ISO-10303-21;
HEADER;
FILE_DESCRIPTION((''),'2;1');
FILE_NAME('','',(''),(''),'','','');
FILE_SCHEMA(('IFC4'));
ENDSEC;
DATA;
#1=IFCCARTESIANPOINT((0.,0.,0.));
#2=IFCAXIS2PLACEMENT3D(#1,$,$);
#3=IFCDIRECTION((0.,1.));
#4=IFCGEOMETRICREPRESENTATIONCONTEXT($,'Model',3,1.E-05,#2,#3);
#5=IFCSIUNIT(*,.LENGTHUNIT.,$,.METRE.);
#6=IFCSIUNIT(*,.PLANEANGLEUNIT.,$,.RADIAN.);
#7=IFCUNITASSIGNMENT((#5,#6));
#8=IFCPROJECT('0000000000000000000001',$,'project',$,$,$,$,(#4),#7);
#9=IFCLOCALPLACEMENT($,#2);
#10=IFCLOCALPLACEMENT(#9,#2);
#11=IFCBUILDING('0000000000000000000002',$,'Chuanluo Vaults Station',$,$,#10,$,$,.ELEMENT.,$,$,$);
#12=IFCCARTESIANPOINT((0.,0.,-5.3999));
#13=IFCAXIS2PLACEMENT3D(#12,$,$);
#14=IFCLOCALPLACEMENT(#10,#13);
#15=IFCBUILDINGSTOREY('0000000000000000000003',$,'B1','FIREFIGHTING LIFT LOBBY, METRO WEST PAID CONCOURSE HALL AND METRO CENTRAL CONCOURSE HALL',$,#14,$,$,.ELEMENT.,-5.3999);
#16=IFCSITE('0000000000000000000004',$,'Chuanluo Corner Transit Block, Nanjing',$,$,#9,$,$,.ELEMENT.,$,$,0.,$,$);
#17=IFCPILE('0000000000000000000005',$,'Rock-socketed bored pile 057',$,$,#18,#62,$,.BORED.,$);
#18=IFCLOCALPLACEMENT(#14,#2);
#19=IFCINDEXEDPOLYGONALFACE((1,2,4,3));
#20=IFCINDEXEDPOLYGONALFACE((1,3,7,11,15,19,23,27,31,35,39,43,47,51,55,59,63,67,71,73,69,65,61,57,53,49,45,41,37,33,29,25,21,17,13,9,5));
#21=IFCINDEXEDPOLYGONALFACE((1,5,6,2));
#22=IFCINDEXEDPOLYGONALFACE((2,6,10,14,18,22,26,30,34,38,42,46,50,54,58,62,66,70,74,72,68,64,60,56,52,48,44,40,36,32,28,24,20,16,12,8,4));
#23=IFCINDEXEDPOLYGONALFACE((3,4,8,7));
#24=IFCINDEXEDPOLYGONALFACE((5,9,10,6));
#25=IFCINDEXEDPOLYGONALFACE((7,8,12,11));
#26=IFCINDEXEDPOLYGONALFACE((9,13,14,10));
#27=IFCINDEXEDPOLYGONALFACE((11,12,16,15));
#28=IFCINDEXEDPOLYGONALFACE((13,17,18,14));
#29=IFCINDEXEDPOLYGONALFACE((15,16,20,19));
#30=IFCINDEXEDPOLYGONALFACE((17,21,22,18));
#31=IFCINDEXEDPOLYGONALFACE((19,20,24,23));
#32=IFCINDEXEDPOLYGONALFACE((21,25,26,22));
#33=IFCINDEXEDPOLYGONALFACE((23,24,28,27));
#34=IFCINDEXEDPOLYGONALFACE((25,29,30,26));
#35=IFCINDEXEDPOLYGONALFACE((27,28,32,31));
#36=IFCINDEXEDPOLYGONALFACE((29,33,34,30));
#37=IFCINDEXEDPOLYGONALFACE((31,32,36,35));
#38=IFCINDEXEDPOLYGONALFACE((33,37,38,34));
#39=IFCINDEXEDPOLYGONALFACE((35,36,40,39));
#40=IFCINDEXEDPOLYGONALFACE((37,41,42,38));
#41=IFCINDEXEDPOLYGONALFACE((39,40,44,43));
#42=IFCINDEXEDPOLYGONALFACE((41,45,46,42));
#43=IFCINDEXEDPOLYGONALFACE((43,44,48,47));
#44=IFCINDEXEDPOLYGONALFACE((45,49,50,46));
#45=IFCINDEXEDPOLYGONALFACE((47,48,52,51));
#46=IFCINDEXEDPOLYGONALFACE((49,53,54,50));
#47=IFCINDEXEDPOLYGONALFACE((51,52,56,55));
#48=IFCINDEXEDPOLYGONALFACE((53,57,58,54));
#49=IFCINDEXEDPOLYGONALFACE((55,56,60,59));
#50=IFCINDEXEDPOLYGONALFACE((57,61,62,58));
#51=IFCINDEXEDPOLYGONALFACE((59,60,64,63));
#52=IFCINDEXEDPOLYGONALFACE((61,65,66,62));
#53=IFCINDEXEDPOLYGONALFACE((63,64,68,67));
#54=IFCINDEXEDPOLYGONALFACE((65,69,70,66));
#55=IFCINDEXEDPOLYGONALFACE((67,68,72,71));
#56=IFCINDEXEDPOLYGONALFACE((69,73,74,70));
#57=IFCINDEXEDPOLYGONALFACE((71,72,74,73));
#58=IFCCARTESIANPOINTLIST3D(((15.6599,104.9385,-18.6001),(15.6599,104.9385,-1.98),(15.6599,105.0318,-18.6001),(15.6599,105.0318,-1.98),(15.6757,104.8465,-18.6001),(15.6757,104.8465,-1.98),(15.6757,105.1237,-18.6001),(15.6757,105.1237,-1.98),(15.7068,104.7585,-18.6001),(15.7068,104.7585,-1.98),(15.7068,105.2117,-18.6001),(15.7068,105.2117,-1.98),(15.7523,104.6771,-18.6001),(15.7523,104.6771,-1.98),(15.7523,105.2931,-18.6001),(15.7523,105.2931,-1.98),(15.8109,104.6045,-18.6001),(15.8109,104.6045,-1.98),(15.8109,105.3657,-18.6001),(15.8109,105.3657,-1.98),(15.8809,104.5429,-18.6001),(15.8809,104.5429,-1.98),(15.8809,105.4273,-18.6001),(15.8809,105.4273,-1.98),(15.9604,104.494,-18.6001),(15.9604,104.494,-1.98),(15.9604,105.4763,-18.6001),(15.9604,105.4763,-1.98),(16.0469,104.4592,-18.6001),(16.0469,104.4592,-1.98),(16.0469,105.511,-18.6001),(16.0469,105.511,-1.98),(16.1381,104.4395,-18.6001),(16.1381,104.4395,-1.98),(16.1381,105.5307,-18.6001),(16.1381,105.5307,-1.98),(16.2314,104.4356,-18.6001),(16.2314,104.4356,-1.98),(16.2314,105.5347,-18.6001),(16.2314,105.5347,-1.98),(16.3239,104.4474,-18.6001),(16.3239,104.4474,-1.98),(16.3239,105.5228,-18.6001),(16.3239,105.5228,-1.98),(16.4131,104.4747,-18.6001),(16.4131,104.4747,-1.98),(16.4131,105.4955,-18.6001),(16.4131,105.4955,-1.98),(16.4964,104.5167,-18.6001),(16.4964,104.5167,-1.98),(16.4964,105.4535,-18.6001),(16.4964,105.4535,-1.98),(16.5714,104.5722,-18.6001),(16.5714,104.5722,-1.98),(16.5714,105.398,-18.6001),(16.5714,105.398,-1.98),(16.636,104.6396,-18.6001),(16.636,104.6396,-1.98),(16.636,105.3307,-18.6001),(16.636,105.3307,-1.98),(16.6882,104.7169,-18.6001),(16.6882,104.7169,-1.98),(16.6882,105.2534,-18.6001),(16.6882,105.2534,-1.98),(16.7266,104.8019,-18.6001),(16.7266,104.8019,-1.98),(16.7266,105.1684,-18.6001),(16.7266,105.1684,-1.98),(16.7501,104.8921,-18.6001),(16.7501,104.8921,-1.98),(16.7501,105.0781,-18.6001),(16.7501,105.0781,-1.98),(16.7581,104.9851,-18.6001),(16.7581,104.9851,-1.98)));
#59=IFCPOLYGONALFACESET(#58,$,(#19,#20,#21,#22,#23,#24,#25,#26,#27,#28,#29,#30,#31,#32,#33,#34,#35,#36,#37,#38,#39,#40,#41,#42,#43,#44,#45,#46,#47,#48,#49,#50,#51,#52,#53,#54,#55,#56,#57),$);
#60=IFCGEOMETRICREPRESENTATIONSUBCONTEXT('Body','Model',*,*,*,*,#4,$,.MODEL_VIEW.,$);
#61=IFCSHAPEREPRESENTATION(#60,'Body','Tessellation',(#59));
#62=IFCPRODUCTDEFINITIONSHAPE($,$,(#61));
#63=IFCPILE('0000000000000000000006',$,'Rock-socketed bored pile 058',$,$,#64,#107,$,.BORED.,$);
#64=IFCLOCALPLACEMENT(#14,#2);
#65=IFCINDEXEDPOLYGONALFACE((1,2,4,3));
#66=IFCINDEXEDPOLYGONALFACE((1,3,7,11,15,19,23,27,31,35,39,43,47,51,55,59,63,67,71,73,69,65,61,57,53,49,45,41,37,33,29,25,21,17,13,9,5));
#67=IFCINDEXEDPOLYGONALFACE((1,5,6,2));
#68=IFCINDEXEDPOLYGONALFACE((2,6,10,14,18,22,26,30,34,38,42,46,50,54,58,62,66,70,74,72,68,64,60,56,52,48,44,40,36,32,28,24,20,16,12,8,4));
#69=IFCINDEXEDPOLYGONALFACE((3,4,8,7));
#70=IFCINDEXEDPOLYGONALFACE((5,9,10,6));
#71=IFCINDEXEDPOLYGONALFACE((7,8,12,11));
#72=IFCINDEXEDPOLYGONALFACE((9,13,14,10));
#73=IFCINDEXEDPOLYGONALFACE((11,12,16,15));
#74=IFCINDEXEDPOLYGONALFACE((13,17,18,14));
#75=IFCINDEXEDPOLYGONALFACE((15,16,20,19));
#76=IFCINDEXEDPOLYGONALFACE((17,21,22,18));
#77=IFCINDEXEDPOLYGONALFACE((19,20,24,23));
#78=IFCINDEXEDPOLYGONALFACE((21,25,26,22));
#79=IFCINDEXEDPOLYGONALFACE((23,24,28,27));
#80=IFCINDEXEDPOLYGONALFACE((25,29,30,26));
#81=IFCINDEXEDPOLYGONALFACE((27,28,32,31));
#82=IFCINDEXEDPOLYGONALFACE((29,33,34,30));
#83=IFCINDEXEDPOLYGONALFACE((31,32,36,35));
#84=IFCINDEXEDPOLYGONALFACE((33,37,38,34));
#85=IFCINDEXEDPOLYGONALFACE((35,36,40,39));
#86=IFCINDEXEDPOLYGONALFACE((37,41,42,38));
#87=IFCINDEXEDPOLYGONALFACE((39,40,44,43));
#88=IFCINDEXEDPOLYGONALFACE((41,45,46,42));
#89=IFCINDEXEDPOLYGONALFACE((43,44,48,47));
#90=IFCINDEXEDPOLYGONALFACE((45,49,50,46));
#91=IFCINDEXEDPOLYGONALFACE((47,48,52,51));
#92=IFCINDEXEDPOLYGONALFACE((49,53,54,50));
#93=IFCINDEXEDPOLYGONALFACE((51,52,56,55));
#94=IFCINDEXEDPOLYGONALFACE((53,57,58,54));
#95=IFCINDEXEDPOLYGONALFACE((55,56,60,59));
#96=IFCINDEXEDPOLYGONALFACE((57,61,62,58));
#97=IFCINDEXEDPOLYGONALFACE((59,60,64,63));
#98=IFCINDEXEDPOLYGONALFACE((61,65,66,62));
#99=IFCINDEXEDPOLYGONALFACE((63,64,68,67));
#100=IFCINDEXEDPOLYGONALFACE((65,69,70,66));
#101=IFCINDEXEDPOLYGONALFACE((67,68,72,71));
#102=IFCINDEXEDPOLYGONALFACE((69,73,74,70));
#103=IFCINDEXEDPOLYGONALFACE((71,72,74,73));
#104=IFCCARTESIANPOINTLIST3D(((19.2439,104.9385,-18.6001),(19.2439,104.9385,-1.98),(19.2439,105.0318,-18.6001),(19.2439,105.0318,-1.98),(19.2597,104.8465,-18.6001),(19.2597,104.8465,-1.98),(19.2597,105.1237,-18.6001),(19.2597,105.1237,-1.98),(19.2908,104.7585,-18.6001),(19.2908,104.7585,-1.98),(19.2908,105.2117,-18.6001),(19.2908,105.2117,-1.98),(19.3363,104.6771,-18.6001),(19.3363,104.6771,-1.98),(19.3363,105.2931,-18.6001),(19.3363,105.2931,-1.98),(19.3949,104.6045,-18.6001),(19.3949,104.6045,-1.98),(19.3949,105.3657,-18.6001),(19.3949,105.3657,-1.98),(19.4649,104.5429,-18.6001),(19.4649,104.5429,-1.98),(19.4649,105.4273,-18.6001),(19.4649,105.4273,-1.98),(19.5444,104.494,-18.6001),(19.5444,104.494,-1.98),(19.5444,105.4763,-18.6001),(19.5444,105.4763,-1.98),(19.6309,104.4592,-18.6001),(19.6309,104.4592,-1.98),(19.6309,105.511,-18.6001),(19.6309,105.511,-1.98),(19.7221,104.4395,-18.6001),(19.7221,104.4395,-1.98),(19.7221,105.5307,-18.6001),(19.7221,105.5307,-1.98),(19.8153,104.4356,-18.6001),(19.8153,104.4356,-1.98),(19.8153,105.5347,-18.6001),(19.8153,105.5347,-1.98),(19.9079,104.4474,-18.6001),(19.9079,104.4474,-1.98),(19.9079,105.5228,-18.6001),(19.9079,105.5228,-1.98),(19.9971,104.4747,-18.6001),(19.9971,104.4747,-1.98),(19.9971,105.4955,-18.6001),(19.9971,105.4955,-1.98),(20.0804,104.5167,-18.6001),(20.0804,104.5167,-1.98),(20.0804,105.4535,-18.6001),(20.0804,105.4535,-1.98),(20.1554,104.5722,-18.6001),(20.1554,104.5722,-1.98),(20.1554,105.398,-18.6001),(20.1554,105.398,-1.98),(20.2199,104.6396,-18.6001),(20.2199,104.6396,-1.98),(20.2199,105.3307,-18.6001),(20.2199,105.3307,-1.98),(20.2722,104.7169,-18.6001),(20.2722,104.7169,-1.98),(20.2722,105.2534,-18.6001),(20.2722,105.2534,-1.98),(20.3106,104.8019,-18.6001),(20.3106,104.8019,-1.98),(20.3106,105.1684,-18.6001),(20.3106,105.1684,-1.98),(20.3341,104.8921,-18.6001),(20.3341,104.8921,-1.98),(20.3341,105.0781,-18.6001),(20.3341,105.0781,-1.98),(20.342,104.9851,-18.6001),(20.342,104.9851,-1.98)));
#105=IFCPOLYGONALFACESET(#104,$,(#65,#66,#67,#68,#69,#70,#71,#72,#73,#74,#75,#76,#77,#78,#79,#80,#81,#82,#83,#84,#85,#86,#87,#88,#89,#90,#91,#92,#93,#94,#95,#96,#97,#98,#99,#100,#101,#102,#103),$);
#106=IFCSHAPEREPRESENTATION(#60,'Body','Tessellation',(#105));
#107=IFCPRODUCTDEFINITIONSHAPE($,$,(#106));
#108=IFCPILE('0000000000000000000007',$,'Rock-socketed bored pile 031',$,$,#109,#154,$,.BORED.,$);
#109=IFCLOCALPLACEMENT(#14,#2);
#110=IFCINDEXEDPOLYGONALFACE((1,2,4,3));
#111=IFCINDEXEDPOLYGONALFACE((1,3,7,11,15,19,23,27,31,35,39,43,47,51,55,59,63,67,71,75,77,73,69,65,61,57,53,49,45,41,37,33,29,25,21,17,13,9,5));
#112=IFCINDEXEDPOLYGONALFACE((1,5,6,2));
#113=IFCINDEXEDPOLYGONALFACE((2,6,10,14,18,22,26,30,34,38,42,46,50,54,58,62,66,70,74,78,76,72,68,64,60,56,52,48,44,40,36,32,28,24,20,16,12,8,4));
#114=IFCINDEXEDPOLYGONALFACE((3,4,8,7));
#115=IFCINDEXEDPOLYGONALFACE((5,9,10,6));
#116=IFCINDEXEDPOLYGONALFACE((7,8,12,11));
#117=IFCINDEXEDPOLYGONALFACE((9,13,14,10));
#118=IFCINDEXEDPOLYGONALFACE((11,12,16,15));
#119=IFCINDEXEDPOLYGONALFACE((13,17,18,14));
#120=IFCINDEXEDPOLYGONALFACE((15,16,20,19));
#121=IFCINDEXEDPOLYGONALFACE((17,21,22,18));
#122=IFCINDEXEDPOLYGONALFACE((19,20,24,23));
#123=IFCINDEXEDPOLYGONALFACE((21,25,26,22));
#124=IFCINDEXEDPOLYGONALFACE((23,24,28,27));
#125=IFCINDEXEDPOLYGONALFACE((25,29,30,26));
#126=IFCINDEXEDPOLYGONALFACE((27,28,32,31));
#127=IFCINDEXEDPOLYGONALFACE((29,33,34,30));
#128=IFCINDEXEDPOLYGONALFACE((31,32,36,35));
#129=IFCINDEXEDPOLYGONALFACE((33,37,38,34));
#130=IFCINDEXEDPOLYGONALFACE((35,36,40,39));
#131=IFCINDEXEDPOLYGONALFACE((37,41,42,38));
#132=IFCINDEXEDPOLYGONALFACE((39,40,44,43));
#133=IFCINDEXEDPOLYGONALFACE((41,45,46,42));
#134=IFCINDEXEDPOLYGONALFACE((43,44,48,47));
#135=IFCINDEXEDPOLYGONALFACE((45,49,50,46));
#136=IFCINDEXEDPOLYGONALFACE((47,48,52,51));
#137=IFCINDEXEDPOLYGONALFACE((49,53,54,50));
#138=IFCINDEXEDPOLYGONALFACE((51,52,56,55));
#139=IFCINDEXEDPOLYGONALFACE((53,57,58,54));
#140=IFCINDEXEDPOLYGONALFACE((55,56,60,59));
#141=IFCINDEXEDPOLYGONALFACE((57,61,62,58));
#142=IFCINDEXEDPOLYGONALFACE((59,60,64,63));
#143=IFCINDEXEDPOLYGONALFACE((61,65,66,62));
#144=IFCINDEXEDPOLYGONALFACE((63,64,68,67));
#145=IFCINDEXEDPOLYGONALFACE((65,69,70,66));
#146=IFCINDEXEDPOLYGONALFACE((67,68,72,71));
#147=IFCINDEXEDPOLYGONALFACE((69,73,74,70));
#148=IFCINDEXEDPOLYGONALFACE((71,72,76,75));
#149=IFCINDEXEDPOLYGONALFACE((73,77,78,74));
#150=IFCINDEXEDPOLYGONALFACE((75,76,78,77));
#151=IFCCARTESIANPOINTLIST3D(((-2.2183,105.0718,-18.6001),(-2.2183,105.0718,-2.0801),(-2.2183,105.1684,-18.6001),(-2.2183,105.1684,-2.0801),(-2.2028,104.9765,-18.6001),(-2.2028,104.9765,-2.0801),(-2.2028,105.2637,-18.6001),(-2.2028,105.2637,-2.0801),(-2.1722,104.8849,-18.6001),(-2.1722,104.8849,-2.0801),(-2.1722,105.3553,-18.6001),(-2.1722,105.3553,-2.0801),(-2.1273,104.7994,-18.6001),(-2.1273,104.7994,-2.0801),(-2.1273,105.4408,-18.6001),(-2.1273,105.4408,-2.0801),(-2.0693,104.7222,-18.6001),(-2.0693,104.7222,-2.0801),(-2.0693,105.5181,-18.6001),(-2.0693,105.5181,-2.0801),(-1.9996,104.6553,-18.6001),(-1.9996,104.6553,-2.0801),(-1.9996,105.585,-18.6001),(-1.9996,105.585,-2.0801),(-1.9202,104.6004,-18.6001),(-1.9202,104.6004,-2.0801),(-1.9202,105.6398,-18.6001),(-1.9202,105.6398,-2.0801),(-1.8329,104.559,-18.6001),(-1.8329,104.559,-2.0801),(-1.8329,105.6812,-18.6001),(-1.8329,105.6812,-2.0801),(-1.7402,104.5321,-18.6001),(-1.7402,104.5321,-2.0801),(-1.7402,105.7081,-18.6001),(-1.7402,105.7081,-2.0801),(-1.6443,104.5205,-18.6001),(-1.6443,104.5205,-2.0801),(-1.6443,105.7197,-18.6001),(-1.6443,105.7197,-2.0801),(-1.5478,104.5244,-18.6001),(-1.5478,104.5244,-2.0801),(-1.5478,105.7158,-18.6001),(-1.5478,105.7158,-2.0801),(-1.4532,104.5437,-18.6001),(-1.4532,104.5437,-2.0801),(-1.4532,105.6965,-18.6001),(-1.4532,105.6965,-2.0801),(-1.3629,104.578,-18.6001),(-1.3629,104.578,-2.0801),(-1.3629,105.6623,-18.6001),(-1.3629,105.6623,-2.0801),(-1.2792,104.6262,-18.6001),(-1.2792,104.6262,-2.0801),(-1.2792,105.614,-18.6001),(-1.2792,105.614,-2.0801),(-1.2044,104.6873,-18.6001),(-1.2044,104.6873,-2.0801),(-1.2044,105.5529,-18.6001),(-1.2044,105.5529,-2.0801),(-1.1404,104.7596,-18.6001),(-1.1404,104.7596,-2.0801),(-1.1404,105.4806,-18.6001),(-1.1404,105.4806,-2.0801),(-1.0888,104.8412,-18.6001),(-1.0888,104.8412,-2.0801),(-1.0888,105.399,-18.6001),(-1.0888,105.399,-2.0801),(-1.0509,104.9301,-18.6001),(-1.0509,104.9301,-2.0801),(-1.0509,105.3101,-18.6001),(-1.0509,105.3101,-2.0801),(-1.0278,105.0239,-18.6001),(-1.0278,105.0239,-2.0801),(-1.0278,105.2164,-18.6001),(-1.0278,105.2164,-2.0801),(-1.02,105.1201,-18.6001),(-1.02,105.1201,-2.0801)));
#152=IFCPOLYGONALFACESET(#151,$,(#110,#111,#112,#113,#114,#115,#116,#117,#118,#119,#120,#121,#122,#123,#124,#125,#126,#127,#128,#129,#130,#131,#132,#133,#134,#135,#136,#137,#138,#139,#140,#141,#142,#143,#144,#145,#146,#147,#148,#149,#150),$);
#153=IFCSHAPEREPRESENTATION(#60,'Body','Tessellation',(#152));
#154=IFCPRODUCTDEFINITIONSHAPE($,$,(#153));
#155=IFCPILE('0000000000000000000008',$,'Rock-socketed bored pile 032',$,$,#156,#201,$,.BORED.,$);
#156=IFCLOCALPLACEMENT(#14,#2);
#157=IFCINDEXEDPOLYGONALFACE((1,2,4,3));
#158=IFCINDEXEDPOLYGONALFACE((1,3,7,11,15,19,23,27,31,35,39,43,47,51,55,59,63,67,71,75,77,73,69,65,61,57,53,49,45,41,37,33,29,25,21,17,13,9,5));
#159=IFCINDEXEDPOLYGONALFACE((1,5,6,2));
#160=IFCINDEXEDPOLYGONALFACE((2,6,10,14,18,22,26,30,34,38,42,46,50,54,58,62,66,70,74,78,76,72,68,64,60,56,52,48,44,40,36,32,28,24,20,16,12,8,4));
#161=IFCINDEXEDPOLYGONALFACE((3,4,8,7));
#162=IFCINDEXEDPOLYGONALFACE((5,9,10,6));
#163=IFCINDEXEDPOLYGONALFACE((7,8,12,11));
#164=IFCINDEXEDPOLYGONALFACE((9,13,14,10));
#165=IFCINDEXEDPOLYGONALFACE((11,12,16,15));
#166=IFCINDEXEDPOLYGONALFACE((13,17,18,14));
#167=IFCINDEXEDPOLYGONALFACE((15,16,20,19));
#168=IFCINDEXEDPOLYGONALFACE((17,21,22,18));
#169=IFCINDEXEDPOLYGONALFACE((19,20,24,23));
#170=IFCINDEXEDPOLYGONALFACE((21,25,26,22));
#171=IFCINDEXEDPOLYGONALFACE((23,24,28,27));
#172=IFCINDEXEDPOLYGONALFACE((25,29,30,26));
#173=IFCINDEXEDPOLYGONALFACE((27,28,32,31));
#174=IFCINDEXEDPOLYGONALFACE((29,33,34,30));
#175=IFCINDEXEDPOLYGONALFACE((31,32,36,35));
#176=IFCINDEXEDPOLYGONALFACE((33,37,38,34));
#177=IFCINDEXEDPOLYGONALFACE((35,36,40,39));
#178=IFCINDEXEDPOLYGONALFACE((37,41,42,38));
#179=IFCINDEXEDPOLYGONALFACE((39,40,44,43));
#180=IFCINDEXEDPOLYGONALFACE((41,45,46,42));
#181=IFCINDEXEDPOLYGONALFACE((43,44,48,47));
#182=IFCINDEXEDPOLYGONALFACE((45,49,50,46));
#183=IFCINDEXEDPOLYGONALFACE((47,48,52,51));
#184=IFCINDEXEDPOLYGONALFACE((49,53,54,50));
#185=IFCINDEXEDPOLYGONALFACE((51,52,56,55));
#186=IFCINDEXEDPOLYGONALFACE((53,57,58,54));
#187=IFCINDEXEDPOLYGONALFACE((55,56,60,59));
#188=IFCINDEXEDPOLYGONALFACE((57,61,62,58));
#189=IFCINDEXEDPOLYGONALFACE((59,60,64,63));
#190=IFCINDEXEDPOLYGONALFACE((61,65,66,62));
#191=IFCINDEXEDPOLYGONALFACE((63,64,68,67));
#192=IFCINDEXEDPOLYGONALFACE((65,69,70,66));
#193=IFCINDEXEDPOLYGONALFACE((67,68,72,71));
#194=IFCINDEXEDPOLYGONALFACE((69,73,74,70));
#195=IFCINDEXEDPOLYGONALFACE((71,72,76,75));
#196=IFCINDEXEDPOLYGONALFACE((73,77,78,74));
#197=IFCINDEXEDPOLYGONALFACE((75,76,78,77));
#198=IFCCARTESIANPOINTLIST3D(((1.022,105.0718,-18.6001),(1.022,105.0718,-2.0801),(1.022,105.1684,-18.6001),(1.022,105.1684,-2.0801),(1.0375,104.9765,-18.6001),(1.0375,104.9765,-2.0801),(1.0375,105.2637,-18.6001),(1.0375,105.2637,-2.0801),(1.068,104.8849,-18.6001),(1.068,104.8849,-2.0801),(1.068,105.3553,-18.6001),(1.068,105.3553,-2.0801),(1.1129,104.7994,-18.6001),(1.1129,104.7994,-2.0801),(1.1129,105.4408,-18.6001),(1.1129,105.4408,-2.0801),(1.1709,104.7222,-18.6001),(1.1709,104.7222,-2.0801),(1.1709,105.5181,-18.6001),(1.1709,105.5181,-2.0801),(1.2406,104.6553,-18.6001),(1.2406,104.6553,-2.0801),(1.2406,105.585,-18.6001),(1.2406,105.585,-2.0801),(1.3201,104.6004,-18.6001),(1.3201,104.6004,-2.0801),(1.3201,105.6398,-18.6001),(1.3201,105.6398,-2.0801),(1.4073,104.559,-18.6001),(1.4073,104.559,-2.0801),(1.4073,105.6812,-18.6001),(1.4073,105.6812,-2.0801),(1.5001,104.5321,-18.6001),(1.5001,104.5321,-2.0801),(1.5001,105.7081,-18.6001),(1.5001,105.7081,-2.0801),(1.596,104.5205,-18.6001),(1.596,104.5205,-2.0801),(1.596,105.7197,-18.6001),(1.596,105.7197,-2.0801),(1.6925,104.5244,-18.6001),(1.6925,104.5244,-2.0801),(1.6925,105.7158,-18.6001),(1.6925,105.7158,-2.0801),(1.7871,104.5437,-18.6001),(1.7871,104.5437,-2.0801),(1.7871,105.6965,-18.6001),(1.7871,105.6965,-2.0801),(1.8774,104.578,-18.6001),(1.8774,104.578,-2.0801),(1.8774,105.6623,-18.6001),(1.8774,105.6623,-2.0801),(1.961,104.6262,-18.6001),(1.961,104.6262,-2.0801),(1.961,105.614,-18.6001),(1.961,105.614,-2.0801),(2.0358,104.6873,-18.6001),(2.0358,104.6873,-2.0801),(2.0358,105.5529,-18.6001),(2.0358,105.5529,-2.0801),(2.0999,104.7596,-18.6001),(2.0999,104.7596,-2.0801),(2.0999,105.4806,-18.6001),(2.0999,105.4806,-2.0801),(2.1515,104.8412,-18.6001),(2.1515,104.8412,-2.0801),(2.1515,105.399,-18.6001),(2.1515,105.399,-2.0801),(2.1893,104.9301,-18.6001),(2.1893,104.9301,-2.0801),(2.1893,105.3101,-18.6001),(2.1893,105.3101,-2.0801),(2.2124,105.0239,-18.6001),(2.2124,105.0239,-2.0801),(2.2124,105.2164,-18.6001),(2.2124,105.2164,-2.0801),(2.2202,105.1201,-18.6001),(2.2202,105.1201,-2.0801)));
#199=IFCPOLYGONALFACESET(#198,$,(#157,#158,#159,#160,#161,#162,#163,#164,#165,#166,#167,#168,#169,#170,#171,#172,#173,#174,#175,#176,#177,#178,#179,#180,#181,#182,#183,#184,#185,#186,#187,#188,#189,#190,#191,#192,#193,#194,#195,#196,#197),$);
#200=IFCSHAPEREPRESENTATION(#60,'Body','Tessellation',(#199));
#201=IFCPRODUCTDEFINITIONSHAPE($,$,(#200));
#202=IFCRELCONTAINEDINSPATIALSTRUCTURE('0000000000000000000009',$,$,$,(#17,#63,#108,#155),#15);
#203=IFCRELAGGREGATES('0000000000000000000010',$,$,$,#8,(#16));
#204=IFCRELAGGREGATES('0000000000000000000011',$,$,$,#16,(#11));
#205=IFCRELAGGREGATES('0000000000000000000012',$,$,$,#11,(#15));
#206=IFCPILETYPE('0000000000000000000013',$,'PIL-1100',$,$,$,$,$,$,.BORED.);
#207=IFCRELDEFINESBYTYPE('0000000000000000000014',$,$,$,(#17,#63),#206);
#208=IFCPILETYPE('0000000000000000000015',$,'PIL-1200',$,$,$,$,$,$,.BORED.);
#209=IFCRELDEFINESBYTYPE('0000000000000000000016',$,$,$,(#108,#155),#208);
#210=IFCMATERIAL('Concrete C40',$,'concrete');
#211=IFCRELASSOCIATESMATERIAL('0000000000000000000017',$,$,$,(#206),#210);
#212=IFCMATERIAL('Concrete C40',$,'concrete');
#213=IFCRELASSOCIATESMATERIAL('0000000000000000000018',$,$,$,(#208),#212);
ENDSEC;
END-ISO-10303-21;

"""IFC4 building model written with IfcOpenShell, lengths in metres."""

from ifc_helpers import new_model, si_unit, direction, frame, origin, origin_2d, place, context, subcontext, project, spatial, circle, extrude, material, material_profile, profile_set, type_object, element, save


model = new_model("IFC4")

# Units and contexts
model_context = context("Model", 3, precision=1e-05, world=origin(), true_north=direction((0.0, 1.0)))
body_context = subcontext(model_context, "Body", "Model", "MODEL_VIEW")
ifc_project = project(units=[si_unit("LENGTHUNIT", "METRE"), si_unit("PLANEANGLEUNIT", "RADIAN")], contexts=[model_context])

# Site, building, storey
site_placement = place(None, origin())
site = spatial("IfcSite", under=ifc_project, at=site_placement, Name="Chuanluo Corner Transit Block, Nanjing", CompositionType="ELEMENT", RefElevation=0.0)
building_placement = place(site_placement, origin())
building = spatial("IfcBuilding", under=site, at=building_placement, Name="Chuanluo Vaults Station", CompositionType="ELEMENT")
storey_placement = place(building_placement, frame((0.0, 0.0, -5.3999)))
storey = spatial("IfcBuildingStorey", under=building, at=storey_placement, Name="B1", Description="FIREFIGHTING LIFT LOBBY, METRO WEST PAID CONCOURSE HALL AND METRO CENTRAL CONCOURSE HALL", CompositionType="ELEMENT", Elevation=-5.3999)

# Piles
ifc_material_1 = material(Name="Concrete C40", Category="concrete")
ifc_material_profile_1 = material_profile(ifc_material_1, circle(Radius=0.55, at=origin_2d()))
ifc_profile_set_1 = profile_set([ifc_material_profile_1], Name="Concrete C40")
pile_type_1 = type_object("IfcPileType", Name="PIL-1100", PredefinedType="BORED", material=ifc_profile_set_1)
for number, where, z_axis, x_axis, name in (
    (1, (16.208, 104.9851, -1.98), (0.0, 0.0, -1.0), (1.0, 0.0, 0.0), "Rock-socketed bored pile 057"),
    (2, (19.792, 104.9851, -1.98), (0.0, 0.0, -1.0), (1.0, 0.0, 0.0), "Rock-socketed bored pile 058"),
):
    element("IfcPile", number, at=place(storey_placement, frame(where, z_axis=z_axis, x_axis=x_axis)), inside=storey, type_object=pile_type_1, Name=name, PredefinedType="BORED", context=body_context, shape_type="SweptSolid", body=[
        extrude(circle(Radius=0.55, at=origin_2d()), origin(), (0.0, 0.0, 1.0), 16.6201),
    ])
ifc_material_2 = material(Name="Concrete C40", Category="concrete")
ifc_material_profile_2 = material_profile(ifc_material_2, circle(Radius=0.6001, at=origin_2d()))
ifc_profile_set_2 = profile_set([ifc_material_profile_2], Name="Concrete C40")
pile_type_2 = type_object("IfcPileType", Name="PIL-1200", PredefinedType="BORED", material=ifc_profile_set_2)
for number, where, z_axis, x_axis, name in (
    (3, (-1.6201, 105.1201, -2.0801), (0.0, 0.0, -1.0), (1.0, 0.0, 0.0), "Rock-socketed bored pile 031"),
    (4, (1.6201, 105.1201, -2.0801), (0.0, 0.0, -1.0), (1.0, 0.0, 0.0), "Rock-socketed bored pile 032"),
):
    element("IfcPile", number, at=place(storey_placement, frame(where, z_axis=z_axis, x_axis=x_axis)), inside=storey, type_object=pile_type_2, Name=name, PredefinedType="BORED", context=body_context, shape_type="SweptSolid", body=[
        extrude(circle(Radius=0.6001, at=origin_2d()), origin(), (0.0, 0.0, 1.0), 16.52),
    ])

save(model, "model.ifc")
